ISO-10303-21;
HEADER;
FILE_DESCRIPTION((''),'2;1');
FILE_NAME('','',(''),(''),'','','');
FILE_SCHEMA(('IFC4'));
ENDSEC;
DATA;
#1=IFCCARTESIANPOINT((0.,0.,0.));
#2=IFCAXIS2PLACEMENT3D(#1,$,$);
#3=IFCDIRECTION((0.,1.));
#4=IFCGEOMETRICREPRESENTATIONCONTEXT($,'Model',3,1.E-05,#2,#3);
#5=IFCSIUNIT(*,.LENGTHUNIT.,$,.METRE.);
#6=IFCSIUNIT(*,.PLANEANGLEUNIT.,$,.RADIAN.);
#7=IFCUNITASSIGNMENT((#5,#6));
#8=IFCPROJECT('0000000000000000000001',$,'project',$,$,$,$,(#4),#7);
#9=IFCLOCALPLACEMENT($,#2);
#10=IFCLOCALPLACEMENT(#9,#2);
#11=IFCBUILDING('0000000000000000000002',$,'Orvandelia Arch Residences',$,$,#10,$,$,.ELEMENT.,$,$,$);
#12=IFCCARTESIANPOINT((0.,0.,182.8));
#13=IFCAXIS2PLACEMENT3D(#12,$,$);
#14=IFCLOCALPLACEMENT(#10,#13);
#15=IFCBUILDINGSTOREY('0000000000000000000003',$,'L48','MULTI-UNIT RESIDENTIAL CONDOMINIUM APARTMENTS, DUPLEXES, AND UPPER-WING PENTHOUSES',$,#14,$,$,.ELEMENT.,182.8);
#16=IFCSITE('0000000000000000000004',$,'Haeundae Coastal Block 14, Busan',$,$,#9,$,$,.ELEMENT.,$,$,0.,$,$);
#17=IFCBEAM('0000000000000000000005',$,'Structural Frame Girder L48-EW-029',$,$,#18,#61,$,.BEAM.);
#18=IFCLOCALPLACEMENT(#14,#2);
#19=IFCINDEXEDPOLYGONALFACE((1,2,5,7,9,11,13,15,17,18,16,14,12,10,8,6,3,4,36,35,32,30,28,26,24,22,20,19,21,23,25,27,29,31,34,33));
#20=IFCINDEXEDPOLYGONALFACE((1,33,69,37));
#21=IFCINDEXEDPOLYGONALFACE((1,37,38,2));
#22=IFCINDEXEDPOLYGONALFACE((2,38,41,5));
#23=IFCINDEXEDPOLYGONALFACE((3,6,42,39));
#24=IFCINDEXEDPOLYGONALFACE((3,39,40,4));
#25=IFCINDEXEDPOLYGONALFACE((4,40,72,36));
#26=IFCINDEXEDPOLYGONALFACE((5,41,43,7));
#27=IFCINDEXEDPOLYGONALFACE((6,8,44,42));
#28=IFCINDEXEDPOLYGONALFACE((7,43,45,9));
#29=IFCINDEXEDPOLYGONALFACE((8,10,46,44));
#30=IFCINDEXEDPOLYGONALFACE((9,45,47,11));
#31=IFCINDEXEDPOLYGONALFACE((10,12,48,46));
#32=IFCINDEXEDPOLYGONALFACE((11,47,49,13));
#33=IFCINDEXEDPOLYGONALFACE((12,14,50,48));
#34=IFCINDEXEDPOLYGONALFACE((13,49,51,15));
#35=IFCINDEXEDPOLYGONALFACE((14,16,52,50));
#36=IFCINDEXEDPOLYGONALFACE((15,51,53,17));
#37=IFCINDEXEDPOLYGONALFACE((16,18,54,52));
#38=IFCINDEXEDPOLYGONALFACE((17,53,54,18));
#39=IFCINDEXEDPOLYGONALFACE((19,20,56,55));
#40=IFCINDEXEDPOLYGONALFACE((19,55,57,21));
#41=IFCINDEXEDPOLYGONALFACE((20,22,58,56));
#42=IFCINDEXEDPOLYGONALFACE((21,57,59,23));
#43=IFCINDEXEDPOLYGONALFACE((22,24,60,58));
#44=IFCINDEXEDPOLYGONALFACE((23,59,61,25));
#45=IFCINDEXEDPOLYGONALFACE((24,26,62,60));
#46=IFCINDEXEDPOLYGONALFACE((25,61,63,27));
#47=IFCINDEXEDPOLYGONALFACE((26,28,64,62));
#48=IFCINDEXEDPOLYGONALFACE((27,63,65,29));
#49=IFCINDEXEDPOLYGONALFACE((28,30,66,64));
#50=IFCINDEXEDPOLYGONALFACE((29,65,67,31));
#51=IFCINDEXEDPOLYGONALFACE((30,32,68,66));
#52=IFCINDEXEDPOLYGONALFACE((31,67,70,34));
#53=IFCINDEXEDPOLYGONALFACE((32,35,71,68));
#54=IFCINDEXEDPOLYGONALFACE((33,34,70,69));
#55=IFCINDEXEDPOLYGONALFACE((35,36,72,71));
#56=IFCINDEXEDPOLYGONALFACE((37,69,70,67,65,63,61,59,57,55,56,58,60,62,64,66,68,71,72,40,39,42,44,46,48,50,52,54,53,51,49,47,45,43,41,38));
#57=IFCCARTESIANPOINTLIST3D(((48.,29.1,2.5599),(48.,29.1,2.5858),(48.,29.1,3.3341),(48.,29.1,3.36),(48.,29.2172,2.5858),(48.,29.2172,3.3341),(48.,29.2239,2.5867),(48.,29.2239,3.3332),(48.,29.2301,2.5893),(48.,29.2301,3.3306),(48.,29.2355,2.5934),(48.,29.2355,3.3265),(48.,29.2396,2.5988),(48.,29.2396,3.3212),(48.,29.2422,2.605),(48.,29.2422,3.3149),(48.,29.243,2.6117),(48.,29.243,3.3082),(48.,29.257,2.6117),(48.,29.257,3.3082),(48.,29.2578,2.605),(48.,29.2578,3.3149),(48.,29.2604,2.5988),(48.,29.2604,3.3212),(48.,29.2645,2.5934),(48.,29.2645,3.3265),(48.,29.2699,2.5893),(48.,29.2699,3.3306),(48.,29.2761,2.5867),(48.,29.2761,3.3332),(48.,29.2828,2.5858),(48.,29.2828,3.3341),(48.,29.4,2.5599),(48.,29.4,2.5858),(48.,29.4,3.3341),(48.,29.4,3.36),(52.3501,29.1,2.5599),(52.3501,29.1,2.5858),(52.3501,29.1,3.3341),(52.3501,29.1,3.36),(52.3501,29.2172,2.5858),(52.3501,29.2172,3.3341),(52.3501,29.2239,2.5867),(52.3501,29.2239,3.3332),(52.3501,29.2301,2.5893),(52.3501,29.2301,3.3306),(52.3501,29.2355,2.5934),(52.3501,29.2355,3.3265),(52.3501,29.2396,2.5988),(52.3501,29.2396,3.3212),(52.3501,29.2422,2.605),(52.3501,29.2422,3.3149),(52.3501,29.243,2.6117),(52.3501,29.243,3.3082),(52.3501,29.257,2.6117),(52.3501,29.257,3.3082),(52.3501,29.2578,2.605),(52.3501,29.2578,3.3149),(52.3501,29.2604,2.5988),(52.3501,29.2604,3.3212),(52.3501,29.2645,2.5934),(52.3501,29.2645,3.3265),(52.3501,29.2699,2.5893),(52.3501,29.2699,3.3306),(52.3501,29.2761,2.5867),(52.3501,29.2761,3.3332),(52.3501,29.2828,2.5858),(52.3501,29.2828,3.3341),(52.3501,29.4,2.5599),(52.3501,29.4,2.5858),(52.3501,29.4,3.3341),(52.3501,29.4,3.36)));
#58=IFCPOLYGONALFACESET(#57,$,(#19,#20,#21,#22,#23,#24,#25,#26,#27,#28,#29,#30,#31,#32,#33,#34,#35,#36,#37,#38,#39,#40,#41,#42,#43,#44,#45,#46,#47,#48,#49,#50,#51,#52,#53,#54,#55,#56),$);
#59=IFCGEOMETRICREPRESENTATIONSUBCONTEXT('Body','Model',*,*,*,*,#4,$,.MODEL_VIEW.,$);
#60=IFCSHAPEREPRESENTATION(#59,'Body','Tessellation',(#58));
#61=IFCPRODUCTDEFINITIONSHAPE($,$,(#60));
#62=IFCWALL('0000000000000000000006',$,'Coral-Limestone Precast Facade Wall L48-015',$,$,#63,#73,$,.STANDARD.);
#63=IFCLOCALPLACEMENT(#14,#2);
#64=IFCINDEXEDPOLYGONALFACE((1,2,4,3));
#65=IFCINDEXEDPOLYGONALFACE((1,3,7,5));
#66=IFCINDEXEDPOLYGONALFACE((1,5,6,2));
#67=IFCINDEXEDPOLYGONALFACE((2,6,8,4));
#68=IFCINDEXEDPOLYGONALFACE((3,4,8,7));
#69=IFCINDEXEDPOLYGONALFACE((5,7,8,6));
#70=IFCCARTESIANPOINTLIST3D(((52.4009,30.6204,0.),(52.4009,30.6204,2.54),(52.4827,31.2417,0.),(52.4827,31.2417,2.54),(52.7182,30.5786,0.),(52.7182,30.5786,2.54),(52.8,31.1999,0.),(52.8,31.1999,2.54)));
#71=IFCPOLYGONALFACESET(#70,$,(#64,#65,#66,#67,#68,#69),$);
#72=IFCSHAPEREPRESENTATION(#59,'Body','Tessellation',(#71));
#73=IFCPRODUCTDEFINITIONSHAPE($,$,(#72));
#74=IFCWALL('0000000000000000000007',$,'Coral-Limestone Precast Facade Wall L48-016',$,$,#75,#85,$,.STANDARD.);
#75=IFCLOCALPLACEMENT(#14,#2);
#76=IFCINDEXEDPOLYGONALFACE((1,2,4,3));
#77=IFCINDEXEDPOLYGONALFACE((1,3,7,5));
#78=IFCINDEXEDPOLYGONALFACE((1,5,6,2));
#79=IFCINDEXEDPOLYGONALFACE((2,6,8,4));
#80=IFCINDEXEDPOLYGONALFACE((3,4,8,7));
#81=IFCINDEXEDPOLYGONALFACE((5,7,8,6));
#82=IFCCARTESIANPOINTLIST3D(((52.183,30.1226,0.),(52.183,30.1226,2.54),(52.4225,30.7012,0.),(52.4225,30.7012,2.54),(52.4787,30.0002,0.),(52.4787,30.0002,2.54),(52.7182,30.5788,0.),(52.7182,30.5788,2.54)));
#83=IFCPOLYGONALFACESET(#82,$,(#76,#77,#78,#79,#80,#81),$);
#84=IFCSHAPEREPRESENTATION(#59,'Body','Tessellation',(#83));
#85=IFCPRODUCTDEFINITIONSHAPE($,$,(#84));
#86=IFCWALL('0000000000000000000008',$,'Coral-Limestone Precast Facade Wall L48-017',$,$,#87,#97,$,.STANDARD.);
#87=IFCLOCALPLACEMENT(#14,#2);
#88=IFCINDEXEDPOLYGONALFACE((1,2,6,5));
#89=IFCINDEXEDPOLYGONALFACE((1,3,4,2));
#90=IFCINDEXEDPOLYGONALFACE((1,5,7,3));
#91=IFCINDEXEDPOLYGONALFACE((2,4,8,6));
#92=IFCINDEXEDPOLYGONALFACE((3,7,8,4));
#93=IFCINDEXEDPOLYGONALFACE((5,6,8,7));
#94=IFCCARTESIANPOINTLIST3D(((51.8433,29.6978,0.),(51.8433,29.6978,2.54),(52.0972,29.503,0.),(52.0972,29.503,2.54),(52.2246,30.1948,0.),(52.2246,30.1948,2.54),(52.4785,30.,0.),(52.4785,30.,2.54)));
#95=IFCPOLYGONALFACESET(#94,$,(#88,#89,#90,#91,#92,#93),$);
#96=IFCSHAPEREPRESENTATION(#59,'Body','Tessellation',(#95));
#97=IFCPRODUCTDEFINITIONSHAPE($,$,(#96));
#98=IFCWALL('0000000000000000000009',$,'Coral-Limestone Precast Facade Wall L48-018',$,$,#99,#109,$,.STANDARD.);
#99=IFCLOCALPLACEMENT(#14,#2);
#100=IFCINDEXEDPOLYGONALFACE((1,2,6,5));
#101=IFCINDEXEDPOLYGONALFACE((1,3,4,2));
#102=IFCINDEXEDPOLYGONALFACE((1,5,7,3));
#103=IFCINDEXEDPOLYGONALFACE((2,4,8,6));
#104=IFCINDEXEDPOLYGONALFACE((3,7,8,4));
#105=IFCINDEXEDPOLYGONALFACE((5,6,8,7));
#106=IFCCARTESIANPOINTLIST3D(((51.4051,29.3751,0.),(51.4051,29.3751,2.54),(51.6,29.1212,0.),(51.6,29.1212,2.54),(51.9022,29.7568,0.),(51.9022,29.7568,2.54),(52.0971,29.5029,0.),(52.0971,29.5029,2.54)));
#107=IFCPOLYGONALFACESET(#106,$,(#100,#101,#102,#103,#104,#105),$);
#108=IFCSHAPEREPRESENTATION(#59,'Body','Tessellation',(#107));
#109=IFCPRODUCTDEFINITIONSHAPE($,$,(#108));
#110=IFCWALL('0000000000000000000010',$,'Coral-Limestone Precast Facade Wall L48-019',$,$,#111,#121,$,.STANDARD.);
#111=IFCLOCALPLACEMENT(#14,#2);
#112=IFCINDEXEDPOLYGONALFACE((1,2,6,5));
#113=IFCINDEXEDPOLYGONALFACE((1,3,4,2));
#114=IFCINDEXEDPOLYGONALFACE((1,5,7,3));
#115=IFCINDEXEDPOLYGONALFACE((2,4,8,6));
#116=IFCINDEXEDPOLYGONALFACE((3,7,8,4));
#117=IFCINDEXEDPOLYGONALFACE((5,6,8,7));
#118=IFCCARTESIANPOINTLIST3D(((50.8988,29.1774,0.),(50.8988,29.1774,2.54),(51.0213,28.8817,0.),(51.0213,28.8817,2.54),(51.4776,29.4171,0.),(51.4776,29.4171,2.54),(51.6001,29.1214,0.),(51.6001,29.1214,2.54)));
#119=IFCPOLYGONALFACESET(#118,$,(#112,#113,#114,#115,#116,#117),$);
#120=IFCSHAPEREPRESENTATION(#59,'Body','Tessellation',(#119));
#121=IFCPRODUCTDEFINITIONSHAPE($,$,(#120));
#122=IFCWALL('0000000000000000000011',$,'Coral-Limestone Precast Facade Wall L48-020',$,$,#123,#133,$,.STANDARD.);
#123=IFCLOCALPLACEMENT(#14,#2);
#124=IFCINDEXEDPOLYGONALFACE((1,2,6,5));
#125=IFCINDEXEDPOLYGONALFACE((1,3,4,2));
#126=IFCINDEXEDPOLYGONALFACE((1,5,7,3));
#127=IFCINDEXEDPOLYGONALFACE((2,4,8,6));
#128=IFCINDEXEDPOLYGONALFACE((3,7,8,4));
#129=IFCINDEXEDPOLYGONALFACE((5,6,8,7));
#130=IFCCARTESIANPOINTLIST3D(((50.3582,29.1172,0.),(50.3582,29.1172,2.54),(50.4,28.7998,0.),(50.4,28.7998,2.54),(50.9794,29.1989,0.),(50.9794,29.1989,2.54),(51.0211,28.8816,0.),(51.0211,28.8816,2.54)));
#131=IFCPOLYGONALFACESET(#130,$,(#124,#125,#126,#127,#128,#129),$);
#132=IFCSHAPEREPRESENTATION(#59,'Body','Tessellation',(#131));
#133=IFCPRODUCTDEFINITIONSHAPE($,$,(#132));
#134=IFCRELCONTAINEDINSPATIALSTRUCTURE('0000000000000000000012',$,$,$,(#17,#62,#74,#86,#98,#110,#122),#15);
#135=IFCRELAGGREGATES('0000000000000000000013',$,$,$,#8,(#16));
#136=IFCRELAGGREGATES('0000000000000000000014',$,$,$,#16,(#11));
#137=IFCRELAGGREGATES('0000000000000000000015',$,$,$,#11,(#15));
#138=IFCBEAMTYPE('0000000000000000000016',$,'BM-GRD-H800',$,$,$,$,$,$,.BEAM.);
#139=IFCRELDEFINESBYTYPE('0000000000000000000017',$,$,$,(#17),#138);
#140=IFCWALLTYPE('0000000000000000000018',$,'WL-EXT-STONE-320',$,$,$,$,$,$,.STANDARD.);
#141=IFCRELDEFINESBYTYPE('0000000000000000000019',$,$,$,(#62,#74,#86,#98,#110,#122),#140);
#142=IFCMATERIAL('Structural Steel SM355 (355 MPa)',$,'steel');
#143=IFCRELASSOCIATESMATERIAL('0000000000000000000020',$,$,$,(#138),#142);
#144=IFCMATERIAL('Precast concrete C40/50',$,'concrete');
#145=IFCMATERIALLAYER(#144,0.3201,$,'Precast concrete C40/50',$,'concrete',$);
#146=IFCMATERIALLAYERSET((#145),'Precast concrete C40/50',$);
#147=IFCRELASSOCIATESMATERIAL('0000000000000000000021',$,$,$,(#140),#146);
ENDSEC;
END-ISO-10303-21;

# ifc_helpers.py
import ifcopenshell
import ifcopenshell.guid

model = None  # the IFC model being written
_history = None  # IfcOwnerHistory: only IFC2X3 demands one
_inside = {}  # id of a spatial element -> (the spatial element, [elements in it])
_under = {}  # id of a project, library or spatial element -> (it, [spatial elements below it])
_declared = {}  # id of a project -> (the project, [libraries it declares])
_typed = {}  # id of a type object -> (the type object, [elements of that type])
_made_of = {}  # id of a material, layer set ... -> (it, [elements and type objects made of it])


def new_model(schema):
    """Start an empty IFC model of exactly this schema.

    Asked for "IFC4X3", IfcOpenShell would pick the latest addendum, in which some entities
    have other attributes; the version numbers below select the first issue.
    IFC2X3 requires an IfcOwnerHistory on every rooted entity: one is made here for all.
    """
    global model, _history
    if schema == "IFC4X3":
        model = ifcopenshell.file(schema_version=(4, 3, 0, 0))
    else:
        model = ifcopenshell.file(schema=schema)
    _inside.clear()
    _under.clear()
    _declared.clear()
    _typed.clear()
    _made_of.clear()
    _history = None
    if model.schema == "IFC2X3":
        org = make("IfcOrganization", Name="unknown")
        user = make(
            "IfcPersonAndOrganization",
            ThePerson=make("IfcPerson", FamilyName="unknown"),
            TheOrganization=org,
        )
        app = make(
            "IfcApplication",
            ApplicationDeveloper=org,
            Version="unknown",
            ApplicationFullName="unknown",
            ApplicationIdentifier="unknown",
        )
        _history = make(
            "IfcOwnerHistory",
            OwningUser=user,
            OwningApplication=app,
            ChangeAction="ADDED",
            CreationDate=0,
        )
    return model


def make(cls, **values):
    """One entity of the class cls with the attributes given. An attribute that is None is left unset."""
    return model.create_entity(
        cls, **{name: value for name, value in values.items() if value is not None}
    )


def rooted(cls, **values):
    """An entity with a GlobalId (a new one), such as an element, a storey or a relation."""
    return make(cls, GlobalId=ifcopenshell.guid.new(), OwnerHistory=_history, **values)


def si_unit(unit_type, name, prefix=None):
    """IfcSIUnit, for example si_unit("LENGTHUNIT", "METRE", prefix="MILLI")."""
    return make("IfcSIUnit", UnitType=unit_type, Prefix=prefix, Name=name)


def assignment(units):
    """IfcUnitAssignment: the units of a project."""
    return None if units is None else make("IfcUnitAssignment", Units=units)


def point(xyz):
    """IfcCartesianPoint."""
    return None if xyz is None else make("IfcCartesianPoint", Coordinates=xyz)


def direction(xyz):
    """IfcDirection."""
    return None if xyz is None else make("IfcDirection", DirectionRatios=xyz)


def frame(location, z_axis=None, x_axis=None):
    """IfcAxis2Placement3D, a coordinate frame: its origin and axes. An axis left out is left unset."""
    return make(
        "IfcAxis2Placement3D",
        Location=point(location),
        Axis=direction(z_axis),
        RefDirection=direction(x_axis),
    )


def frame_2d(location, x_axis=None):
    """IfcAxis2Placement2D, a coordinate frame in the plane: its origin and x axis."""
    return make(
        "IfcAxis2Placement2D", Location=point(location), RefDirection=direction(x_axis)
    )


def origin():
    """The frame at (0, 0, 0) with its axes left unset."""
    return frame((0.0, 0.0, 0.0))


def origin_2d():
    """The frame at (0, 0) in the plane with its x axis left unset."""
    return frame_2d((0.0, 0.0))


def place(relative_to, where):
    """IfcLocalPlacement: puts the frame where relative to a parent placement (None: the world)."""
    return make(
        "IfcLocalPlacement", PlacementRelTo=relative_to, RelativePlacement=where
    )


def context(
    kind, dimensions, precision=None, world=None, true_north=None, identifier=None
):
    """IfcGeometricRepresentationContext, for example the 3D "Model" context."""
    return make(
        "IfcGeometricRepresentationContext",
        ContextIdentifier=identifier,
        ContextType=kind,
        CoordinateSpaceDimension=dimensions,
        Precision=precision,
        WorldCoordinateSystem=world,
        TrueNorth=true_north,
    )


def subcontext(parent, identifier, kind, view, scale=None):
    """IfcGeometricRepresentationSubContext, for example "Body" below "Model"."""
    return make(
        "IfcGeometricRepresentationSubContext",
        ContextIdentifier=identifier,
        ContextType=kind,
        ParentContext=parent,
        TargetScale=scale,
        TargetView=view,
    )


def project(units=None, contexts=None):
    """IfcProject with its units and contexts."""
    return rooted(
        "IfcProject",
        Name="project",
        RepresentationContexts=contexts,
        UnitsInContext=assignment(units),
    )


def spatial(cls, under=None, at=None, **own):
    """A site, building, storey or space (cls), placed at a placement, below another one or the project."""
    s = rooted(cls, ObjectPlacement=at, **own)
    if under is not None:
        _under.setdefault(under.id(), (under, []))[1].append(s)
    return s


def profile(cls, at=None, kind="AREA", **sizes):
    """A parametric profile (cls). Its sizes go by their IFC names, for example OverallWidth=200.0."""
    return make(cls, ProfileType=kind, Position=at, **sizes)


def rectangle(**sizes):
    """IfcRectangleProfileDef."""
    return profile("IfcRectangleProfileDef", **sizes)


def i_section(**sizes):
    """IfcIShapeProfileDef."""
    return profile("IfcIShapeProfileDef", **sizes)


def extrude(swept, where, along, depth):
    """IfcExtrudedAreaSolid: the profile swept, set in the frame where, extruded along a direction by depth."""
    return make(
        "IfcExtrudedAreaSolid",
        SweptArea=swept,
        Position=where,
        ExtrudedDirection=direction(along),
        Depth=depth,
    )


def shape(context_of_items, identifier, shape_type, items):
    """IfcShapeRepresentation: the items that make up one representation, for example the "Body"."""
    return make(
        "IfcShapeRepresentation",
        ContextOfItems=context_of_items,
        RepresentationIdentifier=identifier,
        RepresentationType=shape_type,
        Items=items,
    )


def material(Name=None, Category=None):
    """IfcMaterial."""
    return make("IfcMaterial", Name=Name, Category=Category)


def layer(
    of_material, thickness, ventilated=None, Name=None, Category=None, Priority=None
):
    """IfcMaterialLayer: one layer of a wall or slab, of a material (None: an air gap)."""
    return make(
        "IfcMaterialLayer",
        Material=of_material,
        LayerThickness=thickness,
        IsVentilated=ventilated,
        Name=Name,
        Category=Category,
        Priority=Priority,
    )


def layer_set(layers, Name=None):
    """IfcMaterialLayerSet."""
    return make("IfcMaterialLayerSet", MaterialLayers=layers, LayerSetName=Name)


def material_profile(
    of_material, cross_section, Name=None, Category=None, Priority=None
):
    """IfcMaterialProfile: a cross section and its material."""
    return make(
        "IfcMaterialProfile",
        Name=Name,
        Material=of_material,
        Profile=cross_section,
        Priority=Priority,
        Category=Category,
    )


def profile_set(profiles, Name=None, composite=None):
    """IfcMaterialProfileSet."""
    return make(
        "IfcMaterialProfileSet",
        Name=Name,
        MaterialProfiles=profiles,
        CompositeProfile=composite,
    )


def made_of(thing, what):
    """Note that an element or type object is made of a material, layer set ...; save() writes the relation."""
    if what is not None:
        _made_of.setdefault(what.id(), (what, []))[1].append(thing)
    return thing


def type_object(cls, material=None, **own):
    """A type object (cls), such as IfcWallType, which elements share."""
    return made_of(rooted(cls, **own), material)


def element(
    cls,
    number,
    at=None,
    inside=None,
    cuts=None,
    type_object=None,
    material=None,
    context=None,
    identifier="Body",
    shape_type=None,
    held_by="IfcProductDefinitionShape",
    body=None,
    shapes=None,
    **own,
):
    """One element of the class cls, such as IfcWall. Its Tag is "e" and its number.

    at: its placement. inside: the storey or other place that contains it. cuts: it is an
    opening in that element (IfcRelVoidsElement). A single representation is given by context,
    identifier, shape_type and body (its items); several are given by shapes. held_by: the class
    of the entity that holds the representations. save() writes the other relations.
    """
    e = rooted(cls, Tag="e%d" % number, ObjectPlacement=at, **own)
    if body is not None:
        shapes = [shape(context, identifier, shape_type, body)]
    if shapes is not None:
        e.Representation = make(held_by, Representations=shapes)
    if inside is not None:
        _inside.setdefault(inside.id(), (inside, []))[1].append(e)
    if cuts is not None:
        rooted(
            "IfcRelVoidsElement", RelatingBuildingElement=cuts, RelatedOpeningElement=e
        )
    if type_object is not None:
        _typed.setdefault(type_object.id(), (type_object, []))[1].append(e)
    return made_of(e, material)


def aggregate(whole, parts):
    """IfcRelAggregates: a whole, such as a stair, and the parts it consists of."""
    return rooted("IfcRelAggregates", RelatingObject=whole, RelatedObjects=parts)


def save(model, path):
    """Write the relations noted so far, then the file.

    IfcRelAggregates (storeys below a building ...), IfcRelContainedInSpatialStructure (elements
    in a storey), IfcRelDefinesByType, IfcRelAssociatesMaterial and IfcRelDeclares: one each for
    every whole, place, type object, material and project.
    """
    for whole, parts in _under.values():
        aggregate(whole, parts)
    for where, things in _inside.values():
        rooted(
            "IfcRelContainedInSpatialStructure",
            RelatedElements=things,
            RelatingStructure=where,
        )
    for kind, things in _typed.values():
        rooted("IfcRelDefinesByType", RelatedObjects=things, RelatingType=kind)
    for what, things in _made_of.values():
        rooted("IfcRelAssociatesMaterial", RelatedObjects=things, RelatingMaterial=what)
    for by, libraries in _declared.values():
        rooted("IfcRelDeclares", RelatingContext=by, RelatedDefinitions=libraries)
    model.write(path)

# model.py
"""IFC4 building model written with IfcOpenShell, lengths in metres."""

from ifc_helpers import new_model, si_unit, direction, frame, frame_2d, origin, origin_2d, place, context, subcontext, project, spatial, rectangle, i_section, extrude, material, layer, layer_set, material_profile, profile_set, type_object, element, save


model = new_model("IFC4")

# Units and contexts
model_context = context("Model", 3, precision=1e-05, world=origin(), true_north=direction((0.0, 1.0)))
body_context = subcontext(model_context, "Body", "Model", "MODEL_VIEW")
ifc_project = project(units=[si_unit("LENGTHUNIT", "METRE"), si_unit("PLANEANGLEUNIT", "RADIAN")], contexts=[model_context])

# Site, building, storey
site_placement = place(None, origin())
site = spatial("IfcSite", under=ifc_project, at=site_placement, Name="Haeundae Coastal Block 14, Busan", CompositionType="ELEMENT", RefElevation=0.0)
building_placement = place(site_placement, origin())
building = spatial("IfcBuilding", under=site, at=building_placement, Name="Orvandelia Arch Residences", CompositionType="ELEMENT")
storey_placement = place(building_placement, frame((0.0, 0.0, 182.8)))
storey = spatial("IfcBuildingStorey", under=building, at=storey_placement, Name="L48", Description="MULTI-UNIT RESIDENTIAL CONDOMINIUM APARTMENTS, DUPLEXES, AND UPPER-WING PENTHOUSES", CompositionType="ELEMENT", Elevation=182.8)

# Beam
ifc_material_1 = material(Name="Structural Steel SM355 (355 MPa)", Category="steel")
ifc_material_profile_1 = material_profile(ifc_material_1, i_section(OverallWidth=0.3, OverallDepth=0.8, WebThickness=0.0139, FlangeThickness=0.0259, FilletRadius=0.0259, at=origin_2d()), Name="Structural Steel SM355 (355 MPa)", Category="steel")
ifc_profile_set_1 = profile_set([ifc_material_profile_1], Name="Structural Steel SM355 (355 MPa)")
beam_type = type_object("IfcBeamType", Name="BM-GRD-H800", PredefinedType="BEAM", material=ifc_profile_set_1)
beam_1_placement = place(storey_placement, frame((48.0, 29.25, 2.96), z_axis=(1.0, 0.0, 0.0), x_axis=(0.0, 1.0, 0.0)))
element("IfcBeam", 1, at=beam_1_placement, inside=storey, type_object=beam_type, Name="Structural Frame Girder L48-EW-029", PredefinedType="BEAM", context=body_context, shape_type="SweptSolid", body=[
    extrude(i_section(OverallWidth=0.3, OverallDepth=0.8, WebThickness=0.0139, FlangeThickness=0.0259, FilletRadius=0.0259, at=origin_2d()), origin(), (0.0, 0.0, 1.0), 4.3501),
])

# Walls
ifc_material_2 = material(Name="Precast concrete C40/50", Category="concrete")
ifc_layer_1 = layer(ifc_material_2, 0.3201, Name="Precast concrete C40/50", Category="concrete")
ifc_layer_set_1 = layer_set([ifc_layer_1], Name="Precast concrete C40/50")
wall_type_1 = type_object("IfcWallType", Name="WL-EXT-STONE-320", PredefinedType="STANDARD", material=ifc_layer_set_1)
wall_1_placement = place(storey_placement, frame((52.6414, 31.2209, 0.0), z_axis=(0.0, 0.0, 1.0), x_axis=(-0.130505, -0.991448, 0.0)))
element("IfcWall", 2, at=wall_1_placement, inside=storey, type_object=wall_type_1, Name="Coral-Limestone Precast Facade Wall L48-015", PredefinedType="STANDARD", context=body_context, shape_type="SweptSolid", body=[
    extrude(rectangle(XDim=0.6267, YDim=0.3201, at=frame_2d((0.3135, 0.0))), origin(), (0.0, 0.0, 1.0), 2.54),
])
wall_2_placement = place(storey_placement, frame((52.5703, 30.6399, 0.0), z_axis=(0.0, 0.0, 1.0), x_axis=(-0.382455, -0.923974, 0.0)))
element("IfcWall", 3, at=wall_2_placement, inside=storey, type_object=wall_type_1, Name="Coral-Limestone Precast Facade Wall L48-016", PredefinedType="STANDARD", context=body_context, shape_type="SweptSolid", body=[
    extrude(rectangle(XDim=0.6262, YDim=0.3201, at=frame_2d((0.313, 0.0))), origin(), (0.0, 0.0, 1.0), 2.54),
])
wall_3_placement = place(storey_placement, frame((52.3516, 30.0974, 0.0), z_axis=(0.0, 0.0, 1.0), x_axis=(-0.608693, -0.793406, 0.0)))
element("IfcWall", 4, at=wall_3_placement, inside=storey, type_object=wall_type_1, Name="Coral-Limestone Precast Facade Wall L48-017", PredefinedType="STANDARD", context=body_context, shape_type="SweptSolid", body=[
    extrude(rectangle(XDim=0.6265, YDim=0.3201, at=frame_2d((0.3132, 0.0))), origin(), (0.0, 0.0, 1.0), 2.54),
])
wall_4_placement = place(storey_placement, frame((51.9998, 29.6299, 0.0), z_axis=(0.0, 0.0, 1.0), x_axis=(-0.793217, -0.608939, 0.0)))
element("IfcWall", 5, at=wall_4_placement, inside=storey, type_object=wall_type_1, Name="Coral-Limestone Precast Facade Wall L48-018", PredefinedType="STANDARD", context=body_context, shape_type="SweptSolid", body=[
    extrude(rectangle(XDim=0.6267, YDim=0.3201, at=frame_2d((0.3135, 0.0))), origin(), (0.0, 0.0, 1.0), 2.54),
])
for number, where, z_axis, x_axis, name in (
    (6, (51.5388, 29.2693, 0.0), (0.0, 0.0, 1.0), (-0.923893, -0.38265, 0.0), "Coral-Limestone Precast Facade Wall L48-019"),
    (7, (51.0002, 29.0403, 0.0), (0.0, 0.0, 1.0), (-0.991441, -0.130555, 0.0), "Coral-Limestone Precast Facade Wall L48-020"),
):
    element("IfcWall", number, at=place(storey_placement, frame(where, z_axis=z_axis, x_axis=x_axis)), inside=storey, type_object=wall_type_1, Name=name, PredefinedType="STANDARD", context=body_context, shape_type="SweptSolid", body=[
        extrude(rectangle(XDim=0.6265, YDim=0.3201, at=frame_2d((0.3132, 0.0))), origin(), (0.0, 0.0, 1.0), 2.54),
    ])

save(model, "model.ifc")
